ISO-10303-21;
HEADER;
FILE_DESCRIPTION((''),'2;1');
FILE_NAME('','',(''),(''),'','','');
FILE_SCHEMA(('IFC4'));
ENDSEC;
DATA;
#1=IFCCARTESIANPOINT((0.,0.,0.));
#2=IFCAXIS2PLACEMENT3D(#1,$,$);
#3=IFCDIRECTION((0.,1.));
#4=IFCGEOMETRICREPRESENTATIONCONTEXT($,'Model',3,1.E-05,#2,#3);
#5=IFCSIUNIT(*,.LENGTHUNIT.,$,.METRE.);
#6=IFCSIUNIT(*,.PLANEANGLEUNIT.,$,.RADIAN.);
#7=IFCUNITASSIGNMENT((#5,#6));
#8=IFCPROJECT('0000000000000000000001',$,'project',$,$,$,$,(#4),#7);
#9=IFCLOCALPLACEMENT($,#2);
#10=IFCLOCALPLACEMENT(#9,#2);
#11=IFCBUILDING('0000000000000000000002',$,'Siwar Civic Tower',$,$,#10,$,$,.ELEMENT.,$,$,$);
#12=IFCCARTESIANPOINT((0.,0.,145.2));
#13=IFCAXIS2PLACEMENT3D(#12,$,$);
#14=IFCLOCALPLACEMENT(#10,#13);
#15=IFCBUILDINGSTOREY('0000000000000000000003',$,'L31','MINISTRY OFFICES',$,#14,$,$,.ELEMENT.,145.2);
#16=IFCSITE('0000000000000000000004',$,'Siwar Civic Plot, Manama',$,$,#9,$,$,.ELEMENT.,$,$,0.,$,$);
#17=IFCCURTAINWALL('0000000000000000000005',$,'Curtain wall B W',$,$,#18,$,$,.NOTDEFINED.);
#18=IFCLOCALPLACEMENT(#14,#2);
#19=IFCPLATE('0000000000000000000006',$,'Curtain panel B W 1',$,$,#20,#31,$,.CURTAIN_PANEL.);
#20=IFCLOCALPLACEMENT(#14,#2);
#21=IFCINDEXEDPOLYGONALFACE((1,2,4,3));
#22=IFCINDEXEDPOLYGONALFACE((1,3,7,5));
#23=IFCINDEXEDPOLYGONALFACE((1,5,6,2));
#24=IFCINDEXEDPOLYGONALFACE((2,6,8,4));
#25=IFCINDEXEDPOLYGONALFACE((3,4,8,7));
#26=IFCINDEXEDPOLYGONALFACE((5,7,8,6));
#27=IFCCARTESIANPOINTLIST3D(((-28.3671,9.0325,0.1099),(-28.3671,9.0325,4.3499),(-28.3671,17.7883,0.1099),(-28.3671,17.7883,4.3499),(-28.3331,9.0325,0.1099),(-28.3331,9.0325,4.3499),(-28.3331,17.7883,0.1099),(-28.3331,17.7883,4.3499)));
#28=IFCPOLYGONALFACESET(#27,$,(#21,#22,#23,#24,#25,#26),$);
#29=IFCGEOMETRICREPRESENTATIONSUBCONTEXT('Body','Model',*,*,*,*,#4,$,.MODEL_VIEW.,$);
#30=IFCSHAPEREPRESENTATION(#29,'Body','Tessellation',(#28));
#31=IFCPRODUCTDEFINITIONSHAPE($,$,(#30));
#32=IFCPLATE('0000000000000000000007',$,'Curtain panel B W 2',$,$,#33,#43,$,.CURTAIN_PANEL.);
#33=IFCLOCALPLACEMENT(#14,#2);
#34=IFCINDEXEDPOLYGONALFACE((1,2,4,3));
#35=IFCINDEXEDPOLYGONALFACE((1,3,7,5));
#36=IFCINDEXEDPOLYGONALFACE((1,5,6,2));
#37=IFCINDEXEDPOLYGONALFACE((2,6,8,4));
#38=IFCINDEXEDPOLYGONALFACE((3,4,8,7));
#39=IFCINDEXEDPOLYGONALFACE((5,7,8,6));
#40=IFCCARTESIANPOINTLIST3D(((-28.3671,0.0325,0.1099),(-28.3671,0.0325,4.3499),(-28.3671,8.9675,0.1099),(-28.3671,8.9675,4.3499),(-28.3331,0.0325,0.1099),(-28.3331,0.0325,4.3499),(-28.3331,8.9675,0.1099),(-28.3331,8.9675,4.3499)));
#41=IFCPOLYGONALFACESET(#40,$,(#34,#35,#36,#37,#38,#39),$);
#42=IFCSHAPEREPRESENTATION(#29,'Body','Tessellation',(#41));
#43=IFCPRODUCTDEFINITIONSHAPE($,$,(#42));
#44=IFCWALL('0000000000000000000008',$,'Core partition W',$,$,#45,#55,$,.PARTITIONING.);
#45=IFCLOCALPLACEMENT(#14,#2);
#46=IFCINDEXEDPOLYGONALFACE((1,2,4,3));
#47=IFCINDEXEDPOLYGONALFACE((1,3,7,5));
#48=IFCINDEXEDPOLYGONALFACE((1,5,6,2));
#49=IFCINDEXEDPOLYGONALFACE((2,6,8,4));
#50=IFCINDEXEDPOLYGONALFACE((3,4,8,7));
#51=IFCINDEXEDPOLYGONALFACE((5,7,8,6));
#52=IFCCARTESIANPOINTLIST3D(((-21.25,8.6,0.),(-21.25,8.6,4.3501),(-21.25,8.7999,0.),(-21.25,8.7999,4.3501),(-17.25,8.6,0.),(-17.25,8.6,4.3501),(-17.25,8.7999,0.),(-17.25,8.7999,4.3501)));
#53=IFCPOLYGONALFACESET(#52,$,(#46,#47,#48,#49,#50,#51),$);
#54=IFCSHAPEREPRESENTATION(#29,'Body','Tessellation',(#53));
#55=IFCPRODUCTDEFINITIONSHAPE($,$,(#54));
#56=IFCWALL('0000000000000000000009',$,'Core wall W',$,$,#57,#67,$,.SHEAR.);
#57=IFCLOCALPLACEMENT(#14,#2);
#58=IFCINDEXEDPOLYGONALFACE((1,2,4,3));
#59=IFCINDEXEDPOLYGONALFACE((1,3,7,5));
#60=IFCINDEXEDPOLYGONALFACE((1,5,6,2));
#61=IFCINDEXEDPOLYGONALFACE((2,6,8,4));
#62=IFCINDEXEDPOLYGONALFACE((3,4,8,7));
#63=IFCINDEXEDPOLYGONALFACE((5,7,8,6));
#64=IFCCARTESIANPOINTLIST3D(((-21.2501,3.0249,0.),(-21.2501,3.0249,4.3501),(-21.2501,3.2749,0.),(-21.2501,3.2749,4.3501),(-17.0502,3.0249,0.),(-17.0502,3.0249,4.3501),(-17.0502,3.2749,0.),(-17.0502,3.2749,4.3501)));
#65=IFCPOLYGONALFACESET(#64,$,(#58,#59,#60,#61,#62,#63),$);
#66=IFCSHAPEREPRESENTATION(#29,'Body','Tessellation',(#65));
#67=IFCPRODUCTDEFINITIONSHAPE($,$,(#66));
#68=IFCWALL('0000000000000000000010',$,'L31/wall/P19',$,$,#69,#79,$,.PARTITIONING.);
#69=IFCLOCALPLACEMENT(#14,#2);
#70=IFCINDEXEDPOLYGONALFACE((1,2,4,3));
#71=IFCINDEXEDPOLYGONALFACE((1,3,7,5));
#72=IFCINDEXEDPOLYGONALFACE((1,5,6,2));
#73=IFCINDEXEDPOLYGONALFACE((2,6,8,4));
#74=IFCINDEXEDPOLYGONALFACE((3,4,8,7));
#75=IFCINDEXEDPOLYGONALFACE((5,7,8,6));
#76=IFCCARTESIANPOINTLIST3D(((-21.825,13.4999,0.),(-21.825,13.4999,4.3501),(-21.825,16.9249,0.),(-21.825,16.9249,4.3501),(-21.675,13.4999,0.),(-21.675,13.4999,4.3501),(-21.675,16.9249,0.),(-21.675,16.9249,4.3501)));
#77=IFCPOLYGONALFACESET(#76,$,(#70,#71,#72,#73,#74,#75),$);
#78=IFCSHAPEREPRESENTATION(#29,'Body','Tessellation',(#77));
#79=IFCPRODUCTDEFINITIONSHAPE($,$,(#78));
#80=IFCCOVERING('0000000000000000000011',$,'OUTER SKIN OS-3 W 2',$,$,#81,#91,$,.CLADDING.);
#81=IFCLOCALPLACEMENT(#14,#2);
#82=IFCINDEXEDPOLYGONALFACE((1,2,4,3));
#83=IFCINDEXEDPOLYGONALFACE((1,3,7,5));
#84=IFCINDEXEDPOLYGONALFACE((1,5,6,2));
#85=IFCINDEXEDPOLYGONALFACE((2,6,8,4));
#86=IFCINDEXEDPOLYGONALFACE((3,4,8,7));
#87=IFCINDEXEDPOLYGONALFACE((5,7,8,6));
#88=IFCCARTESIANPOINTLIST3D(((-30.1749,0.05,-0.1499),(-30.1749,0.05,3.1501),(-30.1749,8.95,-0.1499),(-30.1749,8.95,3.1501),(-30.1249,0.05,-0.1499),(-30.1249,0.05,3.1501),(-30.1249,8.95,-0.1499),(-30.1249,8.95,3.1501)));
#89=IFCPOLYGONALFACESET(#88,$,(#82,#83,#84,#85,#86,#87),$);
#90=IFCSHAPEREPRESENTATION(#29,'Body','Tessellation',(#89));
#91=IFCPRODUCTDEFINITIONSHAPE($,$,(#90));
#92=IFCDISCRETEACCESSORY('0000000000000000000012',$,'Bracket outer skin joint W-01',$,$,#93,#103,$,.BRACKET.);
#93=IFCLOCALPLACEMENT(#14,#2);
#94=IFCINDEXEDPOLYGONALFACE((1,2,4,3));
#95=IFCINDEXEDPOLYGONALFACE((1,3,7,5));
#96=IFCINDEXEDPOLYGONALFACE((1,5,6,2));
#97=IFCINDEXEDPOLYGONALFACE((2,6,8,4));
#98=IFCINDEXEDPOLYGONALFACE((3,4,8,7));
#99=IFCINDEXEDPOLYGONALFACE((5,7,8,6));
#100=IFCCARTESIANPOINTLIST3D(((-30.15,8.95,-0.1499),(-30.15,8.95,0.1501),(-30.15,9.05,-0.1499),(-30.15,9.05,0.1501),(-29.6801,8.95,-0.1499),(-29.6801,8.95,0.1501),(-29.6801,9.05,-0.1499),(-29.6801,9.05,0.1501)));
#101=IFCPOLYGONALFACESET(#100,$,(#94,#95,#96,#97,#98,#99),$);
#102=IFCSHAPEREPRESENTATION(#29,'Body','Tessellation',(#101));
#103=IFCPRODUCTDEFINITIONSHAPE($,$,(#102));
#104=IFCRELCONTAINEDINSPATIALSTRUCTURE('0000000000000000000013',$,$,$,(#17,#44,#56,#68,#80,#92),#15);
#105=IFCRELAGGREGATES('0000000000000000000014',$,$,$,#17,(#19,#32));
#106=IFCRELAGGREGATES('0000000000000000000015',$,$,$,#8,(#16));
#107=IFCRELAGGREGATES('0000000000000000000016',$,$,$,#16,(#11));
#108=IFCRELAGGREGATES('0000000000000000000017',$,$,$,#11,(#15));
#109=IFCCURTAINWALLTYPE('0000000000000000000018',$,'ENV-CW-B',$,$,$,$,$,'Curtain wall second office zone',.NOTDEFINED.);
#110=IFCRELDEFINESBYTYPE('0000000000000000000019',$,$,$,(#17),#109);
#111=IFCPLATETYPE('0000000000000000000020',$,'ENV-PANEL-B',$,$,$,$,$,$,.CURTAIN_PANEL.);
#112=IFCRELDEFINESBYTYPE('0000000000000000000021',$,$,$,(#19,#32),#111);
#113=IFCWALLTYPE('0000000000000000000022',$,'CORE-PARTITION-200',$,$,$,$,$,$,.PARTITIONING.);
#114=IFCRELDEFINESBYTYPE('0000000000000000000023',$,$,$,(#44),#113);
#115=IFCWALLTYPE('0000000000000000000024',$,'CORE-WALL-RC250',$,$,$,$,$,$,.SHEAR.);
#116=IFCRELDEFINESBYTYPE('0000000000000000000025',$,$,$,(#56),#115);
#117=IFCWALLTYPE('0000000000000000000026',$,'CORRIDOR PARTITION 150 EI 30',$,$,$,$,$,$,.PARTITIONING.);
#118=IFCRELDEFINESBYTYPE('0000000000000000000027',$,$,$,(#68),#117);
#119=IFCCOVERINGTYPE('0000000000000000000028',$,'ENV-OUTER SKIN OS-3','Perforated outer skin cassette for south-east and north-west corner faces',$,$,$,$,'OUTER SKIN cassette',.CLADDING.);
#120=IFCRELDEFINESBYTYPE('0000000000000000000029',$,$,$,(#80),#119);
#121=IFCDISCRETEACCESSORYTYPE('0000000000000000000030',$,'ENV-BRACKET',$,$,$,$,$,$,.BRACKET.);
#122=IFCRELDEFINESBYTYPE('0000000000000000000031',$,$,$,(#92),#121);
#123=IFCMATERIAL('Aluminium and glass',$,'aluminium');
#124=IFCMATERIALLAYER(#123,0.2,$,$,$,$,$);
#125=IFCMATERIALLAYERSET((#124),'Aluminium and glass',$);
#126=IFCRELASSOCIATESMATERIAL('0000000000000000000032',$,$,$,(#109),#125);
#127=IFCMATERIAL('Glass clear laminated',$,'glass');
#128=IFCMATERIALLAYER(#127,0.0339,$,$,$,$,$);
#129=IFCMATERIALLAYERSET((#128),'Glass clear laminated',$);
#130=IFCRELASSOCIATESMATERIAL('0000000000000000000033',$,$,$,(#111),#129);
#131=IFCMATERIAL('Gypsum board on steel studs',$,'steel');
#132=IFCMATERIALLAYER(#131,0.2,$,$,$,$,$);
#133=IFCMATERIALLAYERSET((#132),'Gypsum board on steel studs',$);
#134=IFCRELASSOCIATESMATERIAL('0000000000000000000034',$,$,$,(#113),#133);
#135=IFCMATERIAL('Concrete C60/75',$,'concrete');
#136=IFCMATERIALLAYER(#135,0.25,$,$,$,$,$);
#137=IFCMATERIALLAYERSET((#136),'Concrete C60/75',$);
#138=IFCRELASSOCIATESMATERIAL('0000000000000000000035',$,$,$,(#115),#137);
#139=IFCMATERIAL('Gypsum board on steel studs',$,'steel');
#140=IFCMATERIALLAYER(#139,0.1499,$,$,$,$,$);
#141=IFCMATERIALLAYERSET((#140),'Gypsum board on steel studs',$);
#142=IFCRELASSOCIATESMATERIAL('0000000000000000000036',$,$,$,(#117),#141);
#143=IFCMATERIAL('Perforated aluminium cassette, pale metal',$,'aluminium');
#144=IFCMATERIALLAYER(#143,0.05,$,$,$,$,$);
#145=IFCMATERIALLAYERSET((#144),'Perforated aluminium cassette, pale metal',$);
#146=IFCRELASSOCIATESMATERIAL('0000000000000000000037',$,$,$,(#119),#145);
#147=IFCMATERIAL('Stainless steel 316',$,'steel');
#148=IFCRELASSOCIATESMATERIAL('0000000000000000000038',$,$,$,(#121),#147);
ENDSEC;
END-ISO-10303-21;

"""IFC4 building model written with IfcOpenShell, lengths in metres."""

from ifc_helpers import new_model, si_unit, direction, frame, frame_2d, origin, origin_2d, place, context, subcontext, project, spatial, rectangle, extrude, material, layer, layer_set, type_object, element, aggregate, save


model = new_model("IFC4")

# Units and contexts
model_context = context("Model", 3, precision=1e-05, world=origin(), true_north=direction((0.0, 1.0)))
body_context = subcontext(model_context, "Body", "Model", "MODEL_VIEW")
ifc_project = project(units=[si_unit("LENGTHUNIT", "METRE"), si_unit("PLANEANGLEUNIT", "RADIAN")], contexts=[model_context])

# Site, building, storey
site_placement = place(None, origin())
site = spatial("IfcSite", under=ifc_project, at=site_placement, Name="Siwar Civic Plot, Manama", CompositionType="ELEMENT", RefElevation=0.0)
building_placement = place(site_placement, origin())
building = spatial("IfcBuilding", under=site, at=building_placement, Name="Siwar Civic Tower", CompositionType="ELEMENT")
storey_placement = place(building_placement, frame((0.0, 0.0, 145.2)))
storey = spatial("IfcBuildingStorey", under=building, at=storey_placement, Name="L31", Description="MINISTRY OFFICES", CompositionType="ELEMENT", Elevation=145.2)

# Curtain wall
ifc_material_1 = material(Name="Aluminium and glass", Category="aluminium")
ifc_layer_1 = layer(ifc_material_1, 0.2)
ifc_layer_set_1 = layer_set([ifc_layer_1], Name="Aluminium and glass")
curtain_wall_type = type_object("IfcCurtainWallType", Name="ENV-CW-B", ElementType="Curtain wall second office zone", PredefinedType="NOTDEFINED", material=ifc_layer_set_1)
curtain_wall_placement = place(storey_placement, origin())
curtain_wall = element("IfcCurtainWall", 1, at=curtain_wall_placement, inside=storey, type_object=curtain_wall_type, Name="Curtain wall B W", PredefinedType="NOTDEFINED")

# Plates
ifc_material_2 = material(Name="Glass clear laminated", Category="glass")
ifc_layer_2 = layer(ifc_material_2, 0.0339)
ifc_layer_set_2 = layer_set([ifc_layer_2], Name="Glass clear laminated")
plate_type = type_object("IfcPlateType", Name="ENV-PANEL-B", PredefinedType="CURTAIN_PANEL", material=ifc_layer_set_2)
plate_1_placement = place(storey_placement, frame((-28.3501, 13.4104, 0.1099), z_axis=(0.0, 0.0, 1.0), x_axis=(0.0, -1.0, 0.0)))
plate_1 = element("IfcPlate", 2, at=plate_1_placement, type_object=plate_type, Name="Curtain panel B W 1", PredefinedType="CURTAIN_PANEL", context=body_context, shape_type="SweptSolid", body=[
    extrude(rectangle(XDim=8.7559, YDim=0.0339, at=origin_2d()), origin(), (0.0, 0.0, 1.0), 4.24),
])
plate_2_placement = place(storey_placement, frame((-28.3501, 4.5, 0.1099), z_axis=(0.0, 0.0, 1.0), x_axis=(0.0, -1.0, 0.0)))
plate_2 = element("IfcPlate", 3, at=plate_2_placement, type_object=plate_type, Name="Curtain panel B W 2", PredefinedType="CURTAIN_PANEL", context=body_context, shape_type="SweptSolid", body=[
    extrude(rectangle(XDim=8.9351, YDim=0.0339, at=origin_2d()), origin(), (0.0, 0.0, 1.0), 4.24),
])
aggregate(curtain_wall, [plate_1, plate_2])

# Walls
ifc_material_3 = material(Name="Gypsum board on steel studs", Category="steel")
ifc_layer_3 = layer(ifc_material_3, 0.2)
ifc_layer_set_3 = layer_set([ifc_layer_3], Name="Gypsum board on steel studs")
wall_type_1 = type_object("IfcWallType", Name="CORE-PARTITION-200", PredefinedType="PARTITIONING", material=ifc_layer_set_3)
wall_1_placement = place(storey_placement, frame((-17.25, 8.7, 0.0), z_axis=(0.0, 0.0, 1.0), x_axis=(-1.0, 0.0, 0.0)))
element("IfcWall", 4, at=wall_1_placement, inside=storey, type_object=wall_type_1, Name="Core partition W", PredefinedType="PARTITIONING", context=body_context, shape_type="SweptSolid", body=[
    extrude(rectangle(XDim=4.0, YDim=0.2, at=frame_2d((2.0, 0.0))), origin(), (0.0, 0.0, 1.0), 4.3501),
])
ifc_material_4 = material(Name="Concrete C60/75", Category="concrete")
ifc_layer_4 = layer(ifc_material_4, 0.25)
ifc_layer_set_4 = layer_set([ifc_layer_4], Name="Concrete C60/75")
wall_type_2 = type_object("IfcWallType", Name="CORE-WALL-RC250", PredefinedType="SHEAR", material=ifc_layer_set_4)
wall_2_placement = place(storey_placement, frame((-17.05, 3.1499, 0.0), z_axis=(0.0, 0.0, 1.0), x_axis=(-1.0, 0.0, 0.0)))
element("IfcWall", 5, at=wall_2_placement, inside=storey, type_object=wall_type_2, Name="Core wall W", PredefinedType="SHEAR", context=body_context, shape_type="SweptSolid", body=[
    extrude(rectangle(XDim=4.2, YDim=0.25, at=frame_2d((2.1001, 0.0))), origin(), (0.0, 0.0, 1.0), 4.3501),
])
ifc_material_5 = material(Name="Gypsum board on steel studs", Category="steel")
ifc_layer_5 = layer(ifc_material_5, 0.1499)
ifc_layer_set_5 = layer_set([ifc_layer_5], Name="Gypsum board on steel studs")
wall_type_3 = type_object("IfcWallType", Name="CORRIDOR PARTITION 150 EI 30", PredefinedType="PARTITIONING", material=ifc_layer_set_5)
wall_3_placement = place(storey_placement, frame((-21.75, 13.5, 0.0), z_axis=(0.0, 0.0, 1.0), x_axis=(0.0, 1.0, 0.0)))
element("IfcWall", 6, at=wall_3_placement, inside=storey, type_object=wall_type_3, Name="L31/wall/P19", PredefinedType="PARTITIONING", context=body_context, shape_type="SweptSolid", body=[
    extrude(rectangle(XDim=3.425, YDim=0.1499, at=frame_2d((1.7124, 0.0))), origin(), (0.0, 0.0, 1.0), 4.3501),
])

# Covering
ifc_material_6 = material(Name="Perforated aluminium cassette, pale metal", Category="aluminium")
ifc_layer_6 = layer(ifc_material_6, 0.05)
ifc_layer_set_6 = layer_set([ifc_layer_6], Name="Perforated aluminium cassette, pale metal")
covering_type = type_object("IfcCoveringType", Name="ENV-OUTER SKIN OS-3", Description="Perforated outer skin cassette for south-east and north-west corner faces", ElementType="OUTER SKIN cassette", PredefinedType="CLADDING", material=ifc_layer_set_6)
covering_placement = place(storey_placement, frame((-30.1499, 4.5, -0.1499), z_axis=(0.0, 0.0, 1.0), x_axis=(0.0, -1.0, 0.0)))
element("IfcCovering", 7, at=covering_placement, inside=storey, type_object=covering_type, Name="OUTER SKIN OS-3 W 2", PredefinedType="CLADDING", context=body_context, shape_type="SweptSolid", body=[
    extrude(rectangle(XDim=8.8999, YDim=0.05, at=origin_2d()), origin(), (0.0, 0.0, 1.0), 3.3),
])

# Discrete accessory
ifc_material_7 = material(Name="Stainless steel 316", Category="steel")
discrete_accessory_type = type_object("IfcDiscreteAccessoryType", Name="ENV-BRACKET", PredefinedType="BRACKET", material=ifc_material_7)
discrete_accessory_placement = place(storey_placement, frame((-29.915, 9.0, -0.1499), z_axis=(0.0, 0.0, 1.0), x_axis=(-1.0, 0.0, 0.0)))
element("IfcDiscreteAccessory", 8, at=discrete_accessory_placement, inside=storey, type_object=discrete_accessory_type, Name="Bracket outer skin joint W-01", PredefinedType="BRACKET", context=body_context, shape_type="SweptSolid", body=[
    extrude(rectangle(XDim=0.47, YDim=0.1001, at=origin_2d()), origin(), (0.0, 0.0, 1.0), 0.3),
])

save(model, "model.ifc")
